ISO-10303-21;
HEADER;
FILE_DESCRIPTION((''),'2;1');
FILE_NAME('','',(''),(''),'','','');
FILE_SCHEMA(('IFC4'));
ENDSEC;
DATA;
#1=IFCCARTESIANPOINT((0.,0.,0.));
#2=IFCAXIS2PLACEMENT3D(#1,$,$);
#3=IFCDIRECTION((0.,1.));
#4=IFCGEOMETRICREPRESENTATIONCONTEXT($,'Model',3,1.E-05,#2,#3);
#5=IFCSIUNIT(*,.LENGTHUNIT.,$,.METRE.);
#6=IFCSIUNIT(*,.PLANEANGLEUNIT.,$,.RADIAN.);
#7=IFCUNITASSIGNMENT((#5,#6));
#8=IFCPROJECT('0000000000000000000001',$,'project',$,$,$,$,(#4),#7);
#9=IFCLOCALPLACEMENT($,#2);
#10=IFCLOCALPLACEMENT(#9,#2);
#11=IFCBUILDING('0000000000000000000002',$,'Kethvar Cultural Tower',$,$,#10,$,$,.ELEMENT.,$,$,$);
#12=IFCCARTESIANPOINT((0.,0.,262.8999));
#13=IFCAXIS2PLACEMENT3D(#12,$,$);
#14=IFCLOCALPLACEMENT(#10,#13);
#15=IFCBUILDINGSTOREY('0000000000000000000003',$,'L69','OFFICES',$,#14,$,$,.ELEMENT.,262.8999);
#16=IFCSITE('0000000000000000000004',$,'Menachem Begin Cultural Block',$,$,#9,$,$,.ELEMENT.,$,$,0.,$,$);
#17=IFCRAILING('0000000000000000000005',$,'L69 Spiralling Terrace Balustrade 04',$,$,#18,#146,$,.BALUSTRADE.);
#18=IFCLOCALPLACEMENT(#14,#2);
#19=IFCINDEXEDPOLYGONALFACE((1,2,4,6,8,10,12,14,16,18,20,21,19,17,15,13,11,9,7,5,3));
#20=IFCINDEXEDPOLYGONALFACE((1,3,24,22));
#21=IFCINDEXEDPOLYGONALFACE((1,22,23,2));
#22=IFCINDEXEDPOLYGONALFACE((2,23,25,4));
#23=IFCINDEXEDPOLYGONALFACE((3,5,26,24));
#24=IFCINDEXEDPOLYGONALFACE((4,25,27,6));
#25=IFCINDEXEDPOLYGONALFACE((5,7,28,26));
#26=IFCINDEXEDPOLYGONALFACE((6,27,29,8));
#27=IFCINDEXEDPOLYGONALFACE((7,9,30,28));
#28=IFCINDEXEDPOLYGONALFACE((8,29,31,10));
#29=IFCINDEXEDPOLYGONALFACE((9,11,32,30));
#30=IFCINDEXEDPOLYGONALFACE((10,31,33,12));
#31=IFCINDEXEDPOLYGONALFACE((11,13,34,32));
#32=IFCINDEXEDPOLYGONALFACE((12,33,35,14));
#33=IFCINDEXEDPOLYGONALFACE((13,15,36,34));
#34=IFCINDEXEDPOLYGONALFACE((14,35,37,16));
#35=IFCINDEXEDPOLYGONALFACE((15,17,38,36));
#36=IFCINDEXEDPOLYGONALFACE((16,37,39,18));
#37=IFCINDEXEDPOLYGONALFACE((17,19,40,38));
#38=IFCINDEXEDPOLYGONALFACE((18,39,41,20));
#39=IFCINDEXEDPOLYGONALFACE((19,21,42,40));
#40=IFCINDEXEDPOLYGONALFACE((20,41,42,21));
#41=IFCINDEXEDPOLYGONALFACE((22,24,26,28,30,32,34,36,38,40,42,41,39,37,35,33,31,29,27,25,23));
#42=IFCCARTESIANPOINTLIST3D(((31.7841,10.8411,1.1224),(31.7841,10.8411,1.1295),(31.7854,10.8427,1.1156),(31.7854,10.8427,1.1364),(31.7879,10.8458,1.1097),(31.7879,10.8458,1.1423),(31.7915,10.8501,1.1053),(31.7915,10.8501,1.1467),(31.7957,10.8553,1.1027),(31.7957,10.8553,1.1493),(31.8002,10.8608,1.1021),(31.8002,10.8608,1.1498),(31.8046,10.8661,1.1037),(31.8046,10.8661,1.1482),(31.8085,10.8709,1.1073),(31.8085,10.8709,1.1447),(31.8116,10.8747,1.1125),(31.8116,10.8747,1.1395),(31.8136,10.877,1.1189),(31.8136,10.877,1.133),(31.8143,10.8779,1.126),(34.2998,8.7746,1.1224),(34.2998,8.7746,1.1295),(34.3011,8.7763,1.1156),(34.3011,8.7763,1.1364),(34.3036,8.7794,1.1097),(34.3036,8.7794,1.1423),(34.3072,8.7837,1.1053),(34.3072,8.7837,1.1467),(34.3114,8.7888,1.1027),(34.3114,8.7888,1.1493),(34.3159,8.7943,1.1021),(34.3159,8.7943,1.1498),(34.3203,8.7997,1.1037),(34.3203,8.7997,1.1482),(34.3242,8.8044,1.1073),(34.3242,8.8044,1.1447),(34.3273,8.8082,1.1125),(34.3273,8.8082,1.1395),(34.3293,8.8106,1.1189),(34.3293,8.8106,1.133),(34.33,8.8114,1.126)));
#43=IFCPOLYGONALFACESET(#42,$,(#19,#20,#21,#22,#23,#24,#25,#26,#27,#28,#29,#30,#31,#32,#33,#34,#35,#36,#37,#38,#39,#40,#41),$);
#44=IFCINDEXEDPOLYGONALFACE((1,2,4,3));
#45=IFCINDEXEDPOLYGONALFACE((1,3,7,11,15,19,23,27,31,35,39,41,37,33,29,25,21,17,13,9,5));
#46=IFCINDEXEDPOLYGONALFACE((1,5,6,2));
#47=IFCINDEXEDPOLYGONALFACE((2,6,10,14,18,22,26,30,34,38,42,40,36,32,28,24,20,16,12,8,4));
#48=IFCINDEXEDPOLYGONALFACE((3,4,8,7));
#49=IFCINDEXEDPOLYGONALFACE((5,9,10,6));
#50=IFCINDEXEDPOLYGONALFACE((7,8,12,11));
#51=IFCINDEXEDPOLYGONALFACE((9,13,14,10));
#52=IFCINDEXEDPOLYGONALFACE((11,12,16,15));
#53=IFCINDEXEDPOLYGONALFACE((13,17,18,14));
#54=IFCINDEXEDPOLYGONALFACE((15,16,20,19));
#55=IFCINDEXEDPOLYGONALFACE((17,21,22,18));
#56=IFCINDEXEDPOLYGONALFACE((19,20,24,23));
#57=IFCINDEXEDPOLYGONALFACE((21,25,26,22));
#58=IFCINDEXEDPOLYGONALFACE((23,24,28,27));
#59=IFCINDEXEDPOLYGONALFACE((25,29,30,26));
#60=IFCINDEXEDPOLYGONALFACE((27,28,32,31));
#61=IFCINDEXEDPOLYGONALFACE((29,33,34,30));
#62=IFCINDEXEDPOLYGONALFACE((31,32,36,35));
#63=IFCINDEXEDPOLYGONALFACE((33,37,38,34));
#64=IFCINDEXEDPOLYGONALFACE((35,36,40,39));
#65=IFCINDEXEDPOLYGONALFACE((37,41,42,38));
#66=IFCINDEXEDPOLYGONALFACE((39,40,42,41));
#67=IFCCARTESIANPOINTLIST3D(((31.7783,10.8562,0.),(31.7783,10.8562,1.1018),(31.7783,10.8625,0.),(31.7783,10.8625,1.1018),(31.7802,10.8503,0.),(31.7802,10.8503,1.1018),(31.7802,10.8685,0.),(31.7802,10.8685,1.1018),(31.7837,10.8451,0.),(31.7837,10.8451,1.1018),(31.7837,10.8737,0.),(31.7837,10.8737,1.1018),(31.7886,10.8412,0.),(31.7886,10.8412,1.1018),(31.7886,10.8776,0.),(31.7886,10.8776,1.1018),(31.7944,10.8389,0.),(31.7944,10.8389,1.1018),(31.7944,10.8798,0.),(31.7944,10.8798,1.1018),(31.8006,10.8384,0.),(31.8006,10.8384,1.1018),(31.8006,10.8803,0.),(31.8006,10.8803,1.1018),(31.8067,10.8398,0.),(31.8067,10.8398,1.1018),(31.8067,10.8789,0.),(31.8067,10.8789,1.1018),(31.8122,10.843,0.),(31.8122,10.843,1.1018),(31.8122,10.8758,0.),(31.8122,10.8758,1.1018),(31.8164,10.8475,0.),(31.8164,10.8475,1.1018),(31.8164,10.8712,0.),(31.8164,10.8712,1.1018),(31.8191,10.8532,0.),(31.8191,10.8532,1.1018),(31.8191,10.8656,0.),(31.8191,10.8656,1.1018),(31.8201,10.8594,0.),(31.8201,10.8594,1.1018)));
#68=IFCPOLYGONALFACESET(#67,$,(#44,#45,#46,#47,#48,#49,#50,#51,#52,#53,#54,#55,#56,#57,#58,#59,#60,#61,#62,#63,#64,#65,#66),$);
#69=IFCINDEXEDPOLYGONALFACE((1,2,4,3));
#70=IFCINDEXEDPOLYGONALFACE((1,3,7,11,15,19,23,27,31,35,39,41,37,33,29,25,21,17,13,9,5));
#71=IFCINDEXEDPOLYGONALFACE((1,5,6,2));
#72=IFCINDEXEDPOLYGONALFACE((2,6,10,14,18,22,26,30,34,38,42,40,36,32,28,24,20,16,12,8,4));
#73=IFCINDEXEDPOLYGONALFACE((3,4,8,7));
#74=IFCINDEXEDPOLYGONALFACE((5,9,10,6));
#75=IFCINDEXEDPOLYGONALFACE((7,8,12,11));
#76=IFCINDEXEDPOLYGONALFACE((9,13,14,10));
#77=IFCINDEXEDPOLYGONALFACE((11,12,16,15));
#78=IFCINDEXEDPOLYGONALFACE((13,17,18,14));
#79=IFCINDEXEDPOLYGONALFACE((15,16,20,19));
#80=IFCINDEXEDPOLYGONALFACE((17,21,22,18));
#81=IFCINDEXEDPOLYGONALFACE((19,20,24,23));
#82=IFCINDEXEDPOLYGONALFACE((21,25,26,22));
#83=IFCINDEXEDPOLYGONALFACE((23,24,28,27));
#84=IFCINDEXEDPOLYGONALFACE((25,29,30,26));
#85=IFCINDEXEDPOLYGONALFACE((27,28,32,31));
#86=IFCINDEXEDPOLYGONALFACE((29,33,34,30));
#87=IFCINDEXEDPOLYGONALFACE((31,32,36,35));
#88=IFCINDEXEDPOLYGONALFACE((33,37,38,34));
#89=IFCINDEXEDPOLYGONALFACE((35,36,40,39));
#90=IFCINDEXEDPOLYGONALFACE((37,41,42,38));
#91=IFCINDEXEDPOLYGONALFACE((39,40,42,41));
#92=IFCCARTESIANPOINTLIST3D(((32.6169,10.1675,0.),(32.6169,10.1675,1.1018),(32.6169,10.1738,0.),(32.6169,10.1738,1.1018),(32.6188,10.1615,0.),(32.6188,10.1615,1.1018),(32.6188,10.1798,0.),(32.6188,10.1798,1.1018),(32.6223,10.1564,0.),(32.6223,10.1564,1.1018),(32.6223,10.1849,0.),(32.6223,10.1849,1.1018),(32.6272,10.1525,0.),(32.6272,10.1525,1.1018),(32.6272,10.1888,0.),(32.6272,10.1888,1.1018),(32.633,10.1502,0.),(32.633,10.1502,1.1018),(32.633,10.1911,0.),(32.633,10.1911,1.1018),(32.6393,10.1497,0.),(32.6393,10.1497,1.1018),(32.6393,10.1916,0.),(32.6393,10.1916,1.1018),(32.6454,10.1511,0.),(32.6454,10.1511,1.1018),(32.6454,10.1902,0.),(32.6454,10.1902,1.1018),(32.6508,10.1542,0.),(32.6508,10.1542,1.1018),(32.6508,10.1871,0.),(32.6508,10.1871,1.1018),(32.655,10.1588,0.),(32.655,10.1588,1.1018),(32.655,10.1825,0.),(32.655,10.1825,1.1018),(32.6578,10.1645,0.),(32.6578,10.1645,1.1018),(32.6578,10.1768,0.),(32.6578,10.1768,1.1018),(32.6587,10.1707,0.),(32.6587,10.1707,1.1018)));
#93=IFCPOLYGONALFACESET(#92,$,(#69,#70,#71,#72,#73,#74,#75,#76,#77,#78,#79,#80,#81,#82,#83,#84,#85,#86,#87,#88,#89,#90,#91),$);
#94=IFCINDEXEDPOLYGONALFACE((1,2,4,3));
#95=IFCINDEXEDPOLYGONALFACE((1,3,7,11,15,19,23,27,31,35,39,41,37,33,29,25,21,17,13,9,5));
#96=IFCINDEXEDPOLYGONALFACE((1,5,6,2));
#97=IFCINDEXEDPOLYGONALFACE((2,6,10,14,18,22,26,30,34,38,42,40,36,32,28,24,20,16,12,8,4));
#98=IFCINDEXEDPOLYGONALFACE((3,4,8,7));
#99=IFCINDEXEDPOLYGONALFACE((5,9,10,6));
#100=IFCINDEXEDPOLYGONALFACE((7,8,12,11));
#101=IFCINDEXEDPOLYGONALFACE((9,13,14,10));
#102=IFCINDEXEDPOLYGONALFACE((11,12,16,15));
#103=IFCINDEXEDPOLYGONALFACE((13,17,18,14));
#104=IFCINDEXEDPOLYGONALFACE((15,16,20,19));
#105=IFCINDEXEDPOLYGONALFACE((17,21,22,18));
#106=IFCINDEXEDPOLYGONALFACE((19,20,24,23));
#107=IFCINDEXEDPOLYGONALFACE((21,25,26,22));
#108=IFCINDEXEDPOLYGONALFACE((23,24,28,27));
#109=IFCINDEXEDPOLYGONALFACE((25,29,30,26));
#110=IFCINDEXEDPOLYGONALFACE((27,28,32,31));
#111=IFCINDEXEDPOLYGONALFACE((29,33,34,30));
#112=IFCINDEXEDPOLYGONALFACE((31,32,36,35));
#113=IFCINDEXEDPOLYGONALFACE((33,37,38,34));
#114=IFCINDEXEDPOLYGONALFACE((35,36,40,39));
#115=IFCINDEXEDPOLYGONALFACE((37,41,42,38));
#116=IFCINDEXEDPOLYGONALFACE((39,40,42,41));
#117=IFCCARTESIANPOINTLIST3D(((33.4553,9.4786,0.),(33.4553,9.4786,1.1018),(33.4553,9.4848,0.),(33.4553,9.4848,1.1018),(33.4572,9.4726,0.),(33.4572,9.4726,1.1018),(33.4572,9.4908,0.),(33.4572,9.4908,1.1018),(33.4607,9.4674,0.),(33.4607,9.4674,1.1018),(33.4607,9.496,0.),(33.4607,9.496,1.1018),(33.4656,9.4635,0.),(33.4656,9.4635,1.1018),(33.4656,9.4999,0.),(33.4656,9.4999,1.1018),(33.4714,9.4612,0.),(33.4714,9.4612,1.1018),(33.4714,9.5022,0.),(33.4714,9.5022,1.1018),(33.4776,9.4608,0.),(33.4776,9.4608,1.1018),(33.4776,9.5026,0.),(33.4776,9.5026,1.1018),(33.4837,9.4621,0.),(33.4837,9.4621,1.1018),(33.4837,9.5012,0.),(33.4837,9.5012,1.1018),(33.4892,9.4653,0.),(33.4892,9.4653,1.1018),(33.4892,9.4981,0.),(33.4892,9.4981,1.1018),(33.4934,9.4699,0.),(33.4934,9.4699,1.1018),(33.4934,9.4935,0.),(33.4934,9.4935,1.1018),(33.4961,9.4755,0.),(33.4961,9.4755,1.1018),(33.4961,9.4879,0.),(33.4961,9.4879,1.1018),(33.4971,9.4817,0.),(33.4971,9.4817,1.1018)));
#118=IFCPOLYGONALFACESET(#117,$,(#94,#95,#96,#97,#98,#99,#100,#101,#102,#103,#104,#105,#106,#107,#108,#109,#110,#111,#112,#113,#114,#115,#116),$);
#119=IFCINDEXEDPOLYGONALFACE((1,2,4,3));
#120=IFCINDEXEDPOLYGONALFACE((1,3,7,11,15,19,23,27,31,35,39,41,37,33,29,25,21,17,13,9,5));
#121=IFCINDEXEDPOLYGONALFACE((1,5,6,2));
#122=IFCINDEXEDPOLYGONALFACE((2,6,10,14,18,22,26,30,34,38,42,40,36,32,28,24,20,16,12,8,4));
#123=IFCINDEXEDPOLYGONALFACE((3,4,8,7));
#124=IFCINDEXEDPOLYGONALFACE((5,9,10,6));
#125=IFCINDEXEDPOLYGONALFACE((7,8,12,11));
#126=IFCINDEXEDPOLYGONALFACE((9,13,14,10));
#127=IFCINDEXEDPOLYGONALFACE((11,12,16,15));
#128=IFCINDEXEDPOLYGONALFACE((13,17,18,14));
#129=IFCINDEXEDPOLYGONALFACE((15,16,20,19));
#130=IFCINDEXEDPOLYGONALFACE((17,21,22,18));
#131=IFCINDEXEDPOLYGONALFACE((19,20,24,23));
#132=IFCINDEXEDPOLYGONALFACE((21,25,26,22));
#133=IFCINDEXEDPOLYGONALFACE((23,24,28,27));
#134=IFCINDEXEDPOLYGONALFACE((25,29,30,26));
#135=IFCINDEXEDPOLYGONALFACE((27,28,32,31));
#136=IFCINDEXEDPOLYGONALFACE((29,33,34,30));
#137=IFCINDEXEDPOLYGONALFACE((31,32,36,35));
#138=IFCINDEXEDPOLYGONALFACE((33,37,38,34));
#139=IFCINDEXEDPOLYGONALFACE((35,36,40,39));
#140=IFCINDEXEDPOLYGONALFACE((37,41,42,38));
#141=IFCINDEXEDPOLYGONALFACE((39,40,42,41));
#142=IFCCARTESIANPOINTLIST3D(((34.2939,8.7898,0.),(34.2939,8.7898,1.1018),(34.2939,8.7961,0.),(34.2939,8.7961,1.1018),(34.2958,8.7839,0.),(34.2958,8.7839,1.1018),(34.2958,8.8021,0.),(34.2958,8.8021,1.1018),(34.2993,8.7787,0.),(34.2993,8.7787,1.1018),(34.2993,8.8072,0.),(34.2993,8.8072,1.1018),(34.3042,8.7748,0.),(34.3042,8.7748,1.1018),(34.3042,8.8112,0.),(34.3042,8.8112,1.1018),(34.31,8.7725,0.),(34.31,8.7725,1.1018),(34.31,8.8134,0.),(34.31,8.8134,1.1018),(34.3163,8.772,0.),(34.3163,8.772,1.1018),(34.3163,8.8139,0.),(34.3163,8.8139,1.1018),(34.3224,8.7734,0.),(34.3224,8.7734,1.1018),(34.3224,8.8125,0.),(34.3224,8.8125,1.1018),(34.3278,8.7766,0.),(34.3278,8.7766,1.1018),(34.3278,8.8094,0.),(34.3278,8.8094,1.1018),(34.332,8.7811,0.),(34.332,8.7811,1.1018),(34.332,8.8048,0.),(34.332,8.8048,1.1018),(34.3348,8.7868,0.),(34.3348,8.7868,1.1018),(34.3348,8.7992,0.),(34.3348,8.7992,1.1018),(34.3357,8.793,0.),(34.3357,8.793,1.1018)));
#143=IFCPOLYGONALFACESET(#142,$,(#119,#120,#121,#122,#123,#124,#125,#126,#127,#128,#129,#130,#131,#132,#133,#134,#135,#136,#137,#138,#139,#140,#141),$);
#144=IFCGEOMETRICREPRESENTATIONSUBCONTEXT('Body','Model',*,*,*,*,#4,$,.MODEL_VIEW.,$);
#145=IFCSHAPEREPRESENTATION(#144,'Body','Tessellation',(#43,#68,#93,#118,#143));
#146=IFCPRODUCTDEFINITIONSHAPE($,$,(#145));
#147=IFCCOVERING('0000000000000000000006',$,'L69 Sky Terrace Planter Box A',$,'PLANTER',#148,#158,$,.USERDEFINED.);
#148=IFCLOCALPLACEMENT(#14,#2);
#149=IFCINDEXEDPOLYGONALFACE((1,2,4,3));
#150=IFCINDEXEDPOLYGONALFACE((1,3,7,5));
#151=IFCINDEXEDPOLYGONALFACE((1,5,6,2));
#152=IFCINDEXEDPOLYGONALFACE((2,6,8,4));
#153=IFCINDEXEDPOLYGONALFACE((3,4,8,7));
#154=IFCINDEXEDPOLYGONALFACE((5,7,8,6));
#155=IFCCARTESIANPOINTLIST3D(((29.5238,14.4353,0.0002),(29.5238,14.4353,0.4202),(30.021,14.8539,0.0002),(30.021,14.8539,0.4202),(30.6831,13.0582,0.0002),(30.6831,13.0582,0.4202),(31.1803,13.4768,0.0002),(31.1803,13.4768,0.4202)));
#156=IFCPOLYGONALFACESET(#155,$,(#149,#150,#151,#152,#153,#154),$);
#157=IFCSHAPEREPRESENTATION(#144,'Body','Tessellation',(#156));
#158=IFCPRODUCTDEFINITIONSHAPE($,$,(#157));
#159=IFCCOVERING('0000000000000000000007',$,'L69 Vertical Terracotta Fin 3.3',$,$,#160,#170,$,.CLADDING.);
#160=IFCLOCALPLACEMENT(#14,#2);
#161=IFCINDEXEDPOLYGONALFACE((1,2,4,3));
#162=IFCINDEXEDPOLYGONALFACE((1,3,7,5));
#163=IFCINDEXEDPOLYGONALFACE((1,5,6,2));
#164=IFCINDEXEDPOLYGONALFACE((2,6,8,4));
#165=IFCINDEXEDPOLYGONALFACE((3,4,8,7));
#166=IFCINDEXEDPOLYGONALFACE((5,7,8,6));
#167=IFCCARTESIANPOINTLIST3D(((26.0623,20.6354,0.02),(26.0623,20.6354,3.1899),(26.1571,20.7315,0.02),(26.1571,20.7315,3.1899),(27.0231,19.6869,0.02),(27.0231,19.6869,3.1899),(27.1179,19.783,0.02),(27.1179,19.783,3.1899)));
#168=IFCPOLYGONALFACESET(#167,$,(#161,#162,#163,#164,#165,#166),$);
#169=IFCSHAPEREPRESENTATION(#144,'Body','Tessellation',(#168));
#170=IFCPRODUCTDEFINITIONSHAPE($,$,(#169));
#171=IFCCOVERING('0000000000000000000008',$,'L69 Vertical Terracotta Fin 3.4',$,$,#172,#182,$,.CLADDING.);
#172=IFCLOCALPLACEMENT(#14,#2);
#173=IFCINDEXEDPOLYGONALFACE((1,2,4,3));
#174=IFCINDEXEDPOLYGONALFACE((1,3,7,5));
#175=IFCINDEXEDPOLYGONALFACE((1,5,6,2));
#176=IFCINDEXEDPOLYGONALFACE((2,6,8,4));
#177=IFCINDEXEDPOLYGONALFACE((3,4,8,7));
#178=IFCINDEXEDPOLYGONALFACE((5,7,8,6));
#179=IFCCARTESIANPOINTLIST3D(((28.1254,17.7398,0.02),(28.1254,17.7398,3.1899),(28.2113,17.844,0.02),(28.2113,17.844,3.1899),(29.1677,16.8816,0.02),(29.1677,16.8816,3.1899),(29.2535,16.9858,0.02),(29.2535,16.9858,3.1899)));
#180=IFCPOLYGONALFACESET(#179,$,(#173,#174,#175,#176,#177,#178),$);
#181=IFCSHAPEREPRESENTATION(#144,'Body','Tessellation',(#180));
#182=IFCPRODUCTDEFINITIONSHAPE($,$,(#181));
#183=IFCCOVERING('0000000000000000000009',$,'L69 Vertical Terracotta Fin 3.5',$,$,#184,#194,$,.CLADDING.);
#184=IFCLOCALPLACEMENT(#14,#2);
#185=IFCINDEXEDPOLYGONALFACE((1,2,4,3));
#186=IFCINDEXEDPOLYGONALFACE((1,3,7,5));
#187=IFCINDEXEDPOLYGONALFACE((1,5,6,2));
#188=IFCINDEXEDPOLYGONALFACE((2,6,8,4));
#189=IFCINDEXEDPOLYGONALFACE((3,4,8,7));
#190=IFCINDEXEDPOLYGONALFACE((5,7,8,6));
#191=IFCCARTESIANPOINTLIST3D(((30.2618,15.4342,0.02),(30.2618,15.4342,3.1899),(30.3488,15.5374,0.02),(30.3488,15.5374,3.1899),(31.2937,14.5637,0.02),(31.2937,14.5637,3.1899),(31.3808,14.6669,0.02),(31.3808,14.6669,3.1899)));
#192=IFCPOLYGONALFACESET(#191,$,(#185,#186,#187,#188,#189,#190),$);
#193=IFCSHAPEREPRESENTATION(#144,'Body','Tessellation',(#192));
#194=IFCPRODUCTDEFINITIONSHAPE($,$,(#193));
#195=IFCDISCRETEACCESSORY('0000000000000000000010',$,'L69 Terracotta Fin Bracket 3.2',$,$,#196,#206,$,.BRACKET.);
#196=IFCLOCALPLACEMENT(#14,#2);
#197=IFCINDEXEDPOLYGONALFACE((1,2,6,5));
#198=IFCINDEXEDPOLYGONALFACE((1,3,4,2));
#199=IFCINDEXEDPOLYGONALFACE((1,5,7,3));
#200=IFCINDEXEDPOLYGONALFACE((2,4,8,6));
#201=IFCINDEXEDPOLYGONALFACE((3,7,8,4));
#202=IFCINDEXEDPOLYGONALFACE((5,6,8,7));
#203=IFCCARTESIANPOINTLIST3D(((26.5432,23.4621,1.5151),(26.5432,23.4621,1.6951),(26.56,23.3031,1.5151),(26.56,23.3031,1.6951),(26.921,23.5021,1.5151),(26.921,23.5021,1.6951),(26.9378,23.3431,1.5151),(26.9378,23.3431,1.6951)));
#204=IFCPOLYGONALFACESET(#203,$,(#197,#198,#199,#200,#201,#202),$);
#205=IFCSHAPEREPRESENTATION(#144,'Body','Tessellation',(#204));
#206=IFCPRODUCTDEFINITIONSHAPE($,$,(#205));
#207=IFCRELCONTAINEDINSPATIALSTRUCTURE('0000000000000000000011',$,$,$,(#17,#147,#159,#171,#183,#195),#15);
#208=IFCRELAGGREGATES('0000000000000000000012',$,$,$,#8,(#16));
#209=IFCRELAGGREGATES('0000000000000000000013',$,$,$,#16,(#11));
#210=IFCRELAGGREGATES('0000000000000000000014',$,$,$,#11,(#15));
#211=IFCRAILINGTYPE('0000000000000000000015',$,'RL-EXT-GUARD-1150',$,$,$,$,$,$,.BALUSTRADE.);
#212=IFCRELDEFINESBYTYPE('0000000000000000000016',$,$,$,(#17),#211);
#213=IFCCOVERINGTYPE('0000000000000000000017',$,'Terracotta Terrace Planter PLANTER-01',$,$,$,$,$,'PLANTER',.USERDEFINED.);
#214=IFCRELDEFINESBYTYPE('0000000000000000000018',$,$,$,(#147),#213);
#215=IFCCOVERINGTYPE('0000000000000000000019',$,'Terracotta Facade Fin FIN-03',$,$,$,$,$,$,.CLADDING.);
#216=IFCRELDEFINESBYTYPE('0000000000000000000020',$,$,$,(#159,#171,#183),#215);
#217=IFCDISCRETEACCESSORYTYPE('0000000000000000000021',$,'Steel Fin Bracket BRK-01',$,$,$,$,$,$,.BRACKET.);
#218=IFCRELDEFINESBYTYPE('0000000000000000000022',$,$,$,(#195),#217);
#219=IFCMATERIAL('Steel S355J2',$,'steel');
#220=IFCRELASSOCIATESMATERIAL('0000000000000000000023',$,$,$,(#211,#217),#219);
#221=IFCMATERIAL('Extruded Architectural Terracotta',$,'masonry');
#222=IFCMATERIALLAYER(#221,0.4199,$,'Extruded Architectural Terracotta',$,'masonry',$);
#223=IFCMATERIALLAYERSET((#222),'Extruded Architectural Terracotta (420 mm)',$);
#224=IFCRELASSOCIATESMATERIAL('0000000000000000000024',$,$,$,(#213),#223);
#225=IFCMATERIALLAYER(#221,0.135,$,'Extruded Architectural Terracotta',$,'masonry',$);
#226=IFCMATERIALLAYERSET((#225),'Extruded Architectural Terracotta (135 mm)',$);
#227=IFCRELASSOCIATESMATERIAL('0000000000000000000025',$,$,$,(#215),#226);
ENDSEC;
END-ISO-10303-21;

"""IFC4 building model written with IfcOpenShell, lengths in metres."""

from ifc_helpers import new_model, si_unit, direction, frame, origin, origin_2d, place, context, subcontext, project, spatial, rectangle, circle, extrude, source, transform, mapped, material, layer, layer_set, type_object, element, save


model = new_model("IFC4")

# Units and contexts
model_context = context("Model", 3, precision=1e-05, world=origin(), true_north=direction((0.0, 1.0)))
body_context = subcontext(model_context, "Body", "Model", "MODEL_VIEW")
ifc_project = project(units=[si_unit("LENGTHUNIT", "METRE"), si_unit("PLANEANGLEUNIT", "RADIAN")], contexts=[model_context])

# Site, building, storey
site_placement = place(None, origin())
site = spatial("IfcSite", under=ifc_project, at=site_placement, Name="Menachem Begin Cultural Block", CompositionType="ELEMENT", RefElevation=0.0)
building_placement = place(site_placement, origin())
building = spatial("IfcBuilding", under=site, at=building_placement, Name="Kethvar Cultural Tower", CompositionType="ELEMENT")
storey_placement = place(building_placement, frame((0.0, 0.0, 262.8999)))
storey = spatial("IfcBuildingStorey", under=building, at=storey_placement, Name="L69", Description="OFFICES", CompositionType="ELEMENT", Elevation=262.8999)

# Shared definitions
ifc_material_1 = material(Name="Steel S355J2", Category="steel")

# Railing
railing_type = type_object("IfcRailingType", Name="RL-EXT-GUARD-1150", PredefinedType="BALUSTRADE", material=ifc_material_1)
railing_1_placement = place(storey_placement, frame((31.7991, 10.8594, 0.0)))
element("IfcRailing", 1, at=railing_1_placement, inside=storey, type_object=railing_type, Name="L69 Spiralling Terrace Balustrade 04", PredefinedType="BALUSTRADE", context=body_context, shape_type="SweptSolid", body=[
    extrude(circle(Radius=0.0239, at=origin_2d()), frame((0.0, 0.0, 1.126), z_axis=(0.772726, -0.634739, 0.0), x_axis=(0.634739, 0.772726, 0.0)), (0.0, 0.0, 1.0), 3.2556),
    extrude(circle(Radius=0.021, at=origin_2d()), origin(), (0.0, 0.0, 1.0), 1.1018),
    extrude(circle(Radius=0.021, at=origin_2d()), frame((0.8386, -0.6887, 0.0)), (0.0, 0.0, 1.0), 1.1018),
    extrude(circle(Radius=0.021, at=origin_2d()), frame((1.677, -1.3777, 0.0)), (0.0, 0.0, 1.0), 1.1018),
    extrude(circle(Radius=0.021, at=origin_2d()), frame((2.5156, -2.0664, 0.0)), (0.0, 0.0, 1.0), 1.1018),
])

# Coverings
ifc_material_2 = material(Name="Extruded Architectural Terracotta", Category="masonry")
ifc_layer_1 = layer(ifc_material_2, 0.4199, Name="Extruded Architectural Terracotta", Category="masonry")
ifc_layer_set_1 = layer_set([ifc_layer_1], Name="Extruded Architectural Terracotta (420 mm)")
covering_type_1 = type_object("IfcCoveringType", Name="Terracotta Terrace Planter PLANTER-01", ElementType="PLANTER", PredefinedType="USERDEFINED", material=ifc_layer_set_1)
shared_shape_1 = source(origin(), body_context, "Body", "SweptSolid", [
    extrude(rectangle(XDim=1.8, YDim=0.6499, at=origin_2d()), origin(), (0.0, 0.0, 1.0), 0.4199),
])
covering_placement = place(storey_placement, frame((30.3521, 13.9561, 0.0002), z_axis=(0.0, 0.0, 1.0), x_axis=(0.64399, -0.765034, 0.0)))
element("IfcCovering", 2, at=covering_placement, inside=storey, type_object=covering_type_1, Name="L69 Sky Terrace Planter Box A", ObjectType="PLANTER", PredefinedType="USERDEFINED", context=body_context, shape_type="MappedRepresentation", body=[
    mapped(shared_shape_1, transform((0.0, 0.0, 0.0), scale=1.0)),
])
ifc_layer_2 = layer(ifc_material_2, 0.135, Name="Extruded Architectural Terracotta", Category="masonry")
ifc_layer_set_2 = layer_set([ifc_layer_2], Name="Extruded Architectural Terracotta (135 mm)")
covering_type_2 = type_object("IfcCoveringType", Name="Terracotta Facade Fin FIN-03", PredefinedType="CLADDING", material=ifc_layer_set_2)
shared_shape_2 = source(origin(), body_context, "Body", "SweptSolid", [
    extrude(rectangle(XDim=1.3501, YDim=0.135, at=origin_2d()), origin(), (0.0, 0.0, 1.0), 3.1699),
])
for number, where, z_axis, x_axis, name in (
    (3, (26.5901, 20.2092, 0.02), (0.0, 0.0, 1.0), (-0.711658, 0.702526, 0.0), "L69 Vertical Terracotta Fin 3.3"),
    (4, (28.6895, 17.3628, 0.02), (0.0, 0.0, 1.0), (-0.771958, 0.635674, 0.0), "L69 Vertical Terracotta Fin 3.4"),
    (5, (30.8213, 15.0505, 0.02), (0.0, 0.0, 1.0), (-0.764359, 0.644791, 0.0), "L69 Vertical Terracotta Fin 3.5"),
):
    element("IfcCovering", number, at=place(storey_placement, frame(where, z_axis=z_axis, x_axis=x_axis)), inside=storey, type_object=covering_type_2, Name=name, PredefinedType="CLADDING", context=body_context, shape_type="MappedRepresentation", body=[
        mapped(shared_shape_2, transform((0.0, 0.0, 0.0), scale=1.0)),
    ])

# Discrete accessory
discrete_accessory_type = type_object("IfcDiscreteAccessoryType", Name="Steel Fin Bracket BRK-01", PredefinedType="BRACKET", material=ifc_material_1)
shared_shape_3 = source(origin(), body_context, "Body", "SweptSolid", [
    extrude(rectangle(XDim=0.3799, YDim=0.1599, at=origin_2d()), origin(), (0.0, 0.0, 1.0), 0.1799),
])
for number, where, z_axis, x_axis, name in (
    (6, (26.7405, 23.4026, 1.5151), (0.0, 0.0, 1.0), (-0.994449, -0.105223, 0.0), "L69 Terracotta Fin Bracket 3.2"),
):
    element("IfcDiscreteAccessory", number, at=place(storey_placement, frame(where, z_axis=z_axis, x_axis=x_axis)), inside=storey, type_object=discrete_accessory_type, Name=name, PredefinedType="BRACKET", context=body_context, shape_type="MappedRepresentation", body=[
        mapped(shared_shape_3, transform((0.0, 0.0, 0.0), scale=1.0)),
    ])

save(model, "model.ifc")
